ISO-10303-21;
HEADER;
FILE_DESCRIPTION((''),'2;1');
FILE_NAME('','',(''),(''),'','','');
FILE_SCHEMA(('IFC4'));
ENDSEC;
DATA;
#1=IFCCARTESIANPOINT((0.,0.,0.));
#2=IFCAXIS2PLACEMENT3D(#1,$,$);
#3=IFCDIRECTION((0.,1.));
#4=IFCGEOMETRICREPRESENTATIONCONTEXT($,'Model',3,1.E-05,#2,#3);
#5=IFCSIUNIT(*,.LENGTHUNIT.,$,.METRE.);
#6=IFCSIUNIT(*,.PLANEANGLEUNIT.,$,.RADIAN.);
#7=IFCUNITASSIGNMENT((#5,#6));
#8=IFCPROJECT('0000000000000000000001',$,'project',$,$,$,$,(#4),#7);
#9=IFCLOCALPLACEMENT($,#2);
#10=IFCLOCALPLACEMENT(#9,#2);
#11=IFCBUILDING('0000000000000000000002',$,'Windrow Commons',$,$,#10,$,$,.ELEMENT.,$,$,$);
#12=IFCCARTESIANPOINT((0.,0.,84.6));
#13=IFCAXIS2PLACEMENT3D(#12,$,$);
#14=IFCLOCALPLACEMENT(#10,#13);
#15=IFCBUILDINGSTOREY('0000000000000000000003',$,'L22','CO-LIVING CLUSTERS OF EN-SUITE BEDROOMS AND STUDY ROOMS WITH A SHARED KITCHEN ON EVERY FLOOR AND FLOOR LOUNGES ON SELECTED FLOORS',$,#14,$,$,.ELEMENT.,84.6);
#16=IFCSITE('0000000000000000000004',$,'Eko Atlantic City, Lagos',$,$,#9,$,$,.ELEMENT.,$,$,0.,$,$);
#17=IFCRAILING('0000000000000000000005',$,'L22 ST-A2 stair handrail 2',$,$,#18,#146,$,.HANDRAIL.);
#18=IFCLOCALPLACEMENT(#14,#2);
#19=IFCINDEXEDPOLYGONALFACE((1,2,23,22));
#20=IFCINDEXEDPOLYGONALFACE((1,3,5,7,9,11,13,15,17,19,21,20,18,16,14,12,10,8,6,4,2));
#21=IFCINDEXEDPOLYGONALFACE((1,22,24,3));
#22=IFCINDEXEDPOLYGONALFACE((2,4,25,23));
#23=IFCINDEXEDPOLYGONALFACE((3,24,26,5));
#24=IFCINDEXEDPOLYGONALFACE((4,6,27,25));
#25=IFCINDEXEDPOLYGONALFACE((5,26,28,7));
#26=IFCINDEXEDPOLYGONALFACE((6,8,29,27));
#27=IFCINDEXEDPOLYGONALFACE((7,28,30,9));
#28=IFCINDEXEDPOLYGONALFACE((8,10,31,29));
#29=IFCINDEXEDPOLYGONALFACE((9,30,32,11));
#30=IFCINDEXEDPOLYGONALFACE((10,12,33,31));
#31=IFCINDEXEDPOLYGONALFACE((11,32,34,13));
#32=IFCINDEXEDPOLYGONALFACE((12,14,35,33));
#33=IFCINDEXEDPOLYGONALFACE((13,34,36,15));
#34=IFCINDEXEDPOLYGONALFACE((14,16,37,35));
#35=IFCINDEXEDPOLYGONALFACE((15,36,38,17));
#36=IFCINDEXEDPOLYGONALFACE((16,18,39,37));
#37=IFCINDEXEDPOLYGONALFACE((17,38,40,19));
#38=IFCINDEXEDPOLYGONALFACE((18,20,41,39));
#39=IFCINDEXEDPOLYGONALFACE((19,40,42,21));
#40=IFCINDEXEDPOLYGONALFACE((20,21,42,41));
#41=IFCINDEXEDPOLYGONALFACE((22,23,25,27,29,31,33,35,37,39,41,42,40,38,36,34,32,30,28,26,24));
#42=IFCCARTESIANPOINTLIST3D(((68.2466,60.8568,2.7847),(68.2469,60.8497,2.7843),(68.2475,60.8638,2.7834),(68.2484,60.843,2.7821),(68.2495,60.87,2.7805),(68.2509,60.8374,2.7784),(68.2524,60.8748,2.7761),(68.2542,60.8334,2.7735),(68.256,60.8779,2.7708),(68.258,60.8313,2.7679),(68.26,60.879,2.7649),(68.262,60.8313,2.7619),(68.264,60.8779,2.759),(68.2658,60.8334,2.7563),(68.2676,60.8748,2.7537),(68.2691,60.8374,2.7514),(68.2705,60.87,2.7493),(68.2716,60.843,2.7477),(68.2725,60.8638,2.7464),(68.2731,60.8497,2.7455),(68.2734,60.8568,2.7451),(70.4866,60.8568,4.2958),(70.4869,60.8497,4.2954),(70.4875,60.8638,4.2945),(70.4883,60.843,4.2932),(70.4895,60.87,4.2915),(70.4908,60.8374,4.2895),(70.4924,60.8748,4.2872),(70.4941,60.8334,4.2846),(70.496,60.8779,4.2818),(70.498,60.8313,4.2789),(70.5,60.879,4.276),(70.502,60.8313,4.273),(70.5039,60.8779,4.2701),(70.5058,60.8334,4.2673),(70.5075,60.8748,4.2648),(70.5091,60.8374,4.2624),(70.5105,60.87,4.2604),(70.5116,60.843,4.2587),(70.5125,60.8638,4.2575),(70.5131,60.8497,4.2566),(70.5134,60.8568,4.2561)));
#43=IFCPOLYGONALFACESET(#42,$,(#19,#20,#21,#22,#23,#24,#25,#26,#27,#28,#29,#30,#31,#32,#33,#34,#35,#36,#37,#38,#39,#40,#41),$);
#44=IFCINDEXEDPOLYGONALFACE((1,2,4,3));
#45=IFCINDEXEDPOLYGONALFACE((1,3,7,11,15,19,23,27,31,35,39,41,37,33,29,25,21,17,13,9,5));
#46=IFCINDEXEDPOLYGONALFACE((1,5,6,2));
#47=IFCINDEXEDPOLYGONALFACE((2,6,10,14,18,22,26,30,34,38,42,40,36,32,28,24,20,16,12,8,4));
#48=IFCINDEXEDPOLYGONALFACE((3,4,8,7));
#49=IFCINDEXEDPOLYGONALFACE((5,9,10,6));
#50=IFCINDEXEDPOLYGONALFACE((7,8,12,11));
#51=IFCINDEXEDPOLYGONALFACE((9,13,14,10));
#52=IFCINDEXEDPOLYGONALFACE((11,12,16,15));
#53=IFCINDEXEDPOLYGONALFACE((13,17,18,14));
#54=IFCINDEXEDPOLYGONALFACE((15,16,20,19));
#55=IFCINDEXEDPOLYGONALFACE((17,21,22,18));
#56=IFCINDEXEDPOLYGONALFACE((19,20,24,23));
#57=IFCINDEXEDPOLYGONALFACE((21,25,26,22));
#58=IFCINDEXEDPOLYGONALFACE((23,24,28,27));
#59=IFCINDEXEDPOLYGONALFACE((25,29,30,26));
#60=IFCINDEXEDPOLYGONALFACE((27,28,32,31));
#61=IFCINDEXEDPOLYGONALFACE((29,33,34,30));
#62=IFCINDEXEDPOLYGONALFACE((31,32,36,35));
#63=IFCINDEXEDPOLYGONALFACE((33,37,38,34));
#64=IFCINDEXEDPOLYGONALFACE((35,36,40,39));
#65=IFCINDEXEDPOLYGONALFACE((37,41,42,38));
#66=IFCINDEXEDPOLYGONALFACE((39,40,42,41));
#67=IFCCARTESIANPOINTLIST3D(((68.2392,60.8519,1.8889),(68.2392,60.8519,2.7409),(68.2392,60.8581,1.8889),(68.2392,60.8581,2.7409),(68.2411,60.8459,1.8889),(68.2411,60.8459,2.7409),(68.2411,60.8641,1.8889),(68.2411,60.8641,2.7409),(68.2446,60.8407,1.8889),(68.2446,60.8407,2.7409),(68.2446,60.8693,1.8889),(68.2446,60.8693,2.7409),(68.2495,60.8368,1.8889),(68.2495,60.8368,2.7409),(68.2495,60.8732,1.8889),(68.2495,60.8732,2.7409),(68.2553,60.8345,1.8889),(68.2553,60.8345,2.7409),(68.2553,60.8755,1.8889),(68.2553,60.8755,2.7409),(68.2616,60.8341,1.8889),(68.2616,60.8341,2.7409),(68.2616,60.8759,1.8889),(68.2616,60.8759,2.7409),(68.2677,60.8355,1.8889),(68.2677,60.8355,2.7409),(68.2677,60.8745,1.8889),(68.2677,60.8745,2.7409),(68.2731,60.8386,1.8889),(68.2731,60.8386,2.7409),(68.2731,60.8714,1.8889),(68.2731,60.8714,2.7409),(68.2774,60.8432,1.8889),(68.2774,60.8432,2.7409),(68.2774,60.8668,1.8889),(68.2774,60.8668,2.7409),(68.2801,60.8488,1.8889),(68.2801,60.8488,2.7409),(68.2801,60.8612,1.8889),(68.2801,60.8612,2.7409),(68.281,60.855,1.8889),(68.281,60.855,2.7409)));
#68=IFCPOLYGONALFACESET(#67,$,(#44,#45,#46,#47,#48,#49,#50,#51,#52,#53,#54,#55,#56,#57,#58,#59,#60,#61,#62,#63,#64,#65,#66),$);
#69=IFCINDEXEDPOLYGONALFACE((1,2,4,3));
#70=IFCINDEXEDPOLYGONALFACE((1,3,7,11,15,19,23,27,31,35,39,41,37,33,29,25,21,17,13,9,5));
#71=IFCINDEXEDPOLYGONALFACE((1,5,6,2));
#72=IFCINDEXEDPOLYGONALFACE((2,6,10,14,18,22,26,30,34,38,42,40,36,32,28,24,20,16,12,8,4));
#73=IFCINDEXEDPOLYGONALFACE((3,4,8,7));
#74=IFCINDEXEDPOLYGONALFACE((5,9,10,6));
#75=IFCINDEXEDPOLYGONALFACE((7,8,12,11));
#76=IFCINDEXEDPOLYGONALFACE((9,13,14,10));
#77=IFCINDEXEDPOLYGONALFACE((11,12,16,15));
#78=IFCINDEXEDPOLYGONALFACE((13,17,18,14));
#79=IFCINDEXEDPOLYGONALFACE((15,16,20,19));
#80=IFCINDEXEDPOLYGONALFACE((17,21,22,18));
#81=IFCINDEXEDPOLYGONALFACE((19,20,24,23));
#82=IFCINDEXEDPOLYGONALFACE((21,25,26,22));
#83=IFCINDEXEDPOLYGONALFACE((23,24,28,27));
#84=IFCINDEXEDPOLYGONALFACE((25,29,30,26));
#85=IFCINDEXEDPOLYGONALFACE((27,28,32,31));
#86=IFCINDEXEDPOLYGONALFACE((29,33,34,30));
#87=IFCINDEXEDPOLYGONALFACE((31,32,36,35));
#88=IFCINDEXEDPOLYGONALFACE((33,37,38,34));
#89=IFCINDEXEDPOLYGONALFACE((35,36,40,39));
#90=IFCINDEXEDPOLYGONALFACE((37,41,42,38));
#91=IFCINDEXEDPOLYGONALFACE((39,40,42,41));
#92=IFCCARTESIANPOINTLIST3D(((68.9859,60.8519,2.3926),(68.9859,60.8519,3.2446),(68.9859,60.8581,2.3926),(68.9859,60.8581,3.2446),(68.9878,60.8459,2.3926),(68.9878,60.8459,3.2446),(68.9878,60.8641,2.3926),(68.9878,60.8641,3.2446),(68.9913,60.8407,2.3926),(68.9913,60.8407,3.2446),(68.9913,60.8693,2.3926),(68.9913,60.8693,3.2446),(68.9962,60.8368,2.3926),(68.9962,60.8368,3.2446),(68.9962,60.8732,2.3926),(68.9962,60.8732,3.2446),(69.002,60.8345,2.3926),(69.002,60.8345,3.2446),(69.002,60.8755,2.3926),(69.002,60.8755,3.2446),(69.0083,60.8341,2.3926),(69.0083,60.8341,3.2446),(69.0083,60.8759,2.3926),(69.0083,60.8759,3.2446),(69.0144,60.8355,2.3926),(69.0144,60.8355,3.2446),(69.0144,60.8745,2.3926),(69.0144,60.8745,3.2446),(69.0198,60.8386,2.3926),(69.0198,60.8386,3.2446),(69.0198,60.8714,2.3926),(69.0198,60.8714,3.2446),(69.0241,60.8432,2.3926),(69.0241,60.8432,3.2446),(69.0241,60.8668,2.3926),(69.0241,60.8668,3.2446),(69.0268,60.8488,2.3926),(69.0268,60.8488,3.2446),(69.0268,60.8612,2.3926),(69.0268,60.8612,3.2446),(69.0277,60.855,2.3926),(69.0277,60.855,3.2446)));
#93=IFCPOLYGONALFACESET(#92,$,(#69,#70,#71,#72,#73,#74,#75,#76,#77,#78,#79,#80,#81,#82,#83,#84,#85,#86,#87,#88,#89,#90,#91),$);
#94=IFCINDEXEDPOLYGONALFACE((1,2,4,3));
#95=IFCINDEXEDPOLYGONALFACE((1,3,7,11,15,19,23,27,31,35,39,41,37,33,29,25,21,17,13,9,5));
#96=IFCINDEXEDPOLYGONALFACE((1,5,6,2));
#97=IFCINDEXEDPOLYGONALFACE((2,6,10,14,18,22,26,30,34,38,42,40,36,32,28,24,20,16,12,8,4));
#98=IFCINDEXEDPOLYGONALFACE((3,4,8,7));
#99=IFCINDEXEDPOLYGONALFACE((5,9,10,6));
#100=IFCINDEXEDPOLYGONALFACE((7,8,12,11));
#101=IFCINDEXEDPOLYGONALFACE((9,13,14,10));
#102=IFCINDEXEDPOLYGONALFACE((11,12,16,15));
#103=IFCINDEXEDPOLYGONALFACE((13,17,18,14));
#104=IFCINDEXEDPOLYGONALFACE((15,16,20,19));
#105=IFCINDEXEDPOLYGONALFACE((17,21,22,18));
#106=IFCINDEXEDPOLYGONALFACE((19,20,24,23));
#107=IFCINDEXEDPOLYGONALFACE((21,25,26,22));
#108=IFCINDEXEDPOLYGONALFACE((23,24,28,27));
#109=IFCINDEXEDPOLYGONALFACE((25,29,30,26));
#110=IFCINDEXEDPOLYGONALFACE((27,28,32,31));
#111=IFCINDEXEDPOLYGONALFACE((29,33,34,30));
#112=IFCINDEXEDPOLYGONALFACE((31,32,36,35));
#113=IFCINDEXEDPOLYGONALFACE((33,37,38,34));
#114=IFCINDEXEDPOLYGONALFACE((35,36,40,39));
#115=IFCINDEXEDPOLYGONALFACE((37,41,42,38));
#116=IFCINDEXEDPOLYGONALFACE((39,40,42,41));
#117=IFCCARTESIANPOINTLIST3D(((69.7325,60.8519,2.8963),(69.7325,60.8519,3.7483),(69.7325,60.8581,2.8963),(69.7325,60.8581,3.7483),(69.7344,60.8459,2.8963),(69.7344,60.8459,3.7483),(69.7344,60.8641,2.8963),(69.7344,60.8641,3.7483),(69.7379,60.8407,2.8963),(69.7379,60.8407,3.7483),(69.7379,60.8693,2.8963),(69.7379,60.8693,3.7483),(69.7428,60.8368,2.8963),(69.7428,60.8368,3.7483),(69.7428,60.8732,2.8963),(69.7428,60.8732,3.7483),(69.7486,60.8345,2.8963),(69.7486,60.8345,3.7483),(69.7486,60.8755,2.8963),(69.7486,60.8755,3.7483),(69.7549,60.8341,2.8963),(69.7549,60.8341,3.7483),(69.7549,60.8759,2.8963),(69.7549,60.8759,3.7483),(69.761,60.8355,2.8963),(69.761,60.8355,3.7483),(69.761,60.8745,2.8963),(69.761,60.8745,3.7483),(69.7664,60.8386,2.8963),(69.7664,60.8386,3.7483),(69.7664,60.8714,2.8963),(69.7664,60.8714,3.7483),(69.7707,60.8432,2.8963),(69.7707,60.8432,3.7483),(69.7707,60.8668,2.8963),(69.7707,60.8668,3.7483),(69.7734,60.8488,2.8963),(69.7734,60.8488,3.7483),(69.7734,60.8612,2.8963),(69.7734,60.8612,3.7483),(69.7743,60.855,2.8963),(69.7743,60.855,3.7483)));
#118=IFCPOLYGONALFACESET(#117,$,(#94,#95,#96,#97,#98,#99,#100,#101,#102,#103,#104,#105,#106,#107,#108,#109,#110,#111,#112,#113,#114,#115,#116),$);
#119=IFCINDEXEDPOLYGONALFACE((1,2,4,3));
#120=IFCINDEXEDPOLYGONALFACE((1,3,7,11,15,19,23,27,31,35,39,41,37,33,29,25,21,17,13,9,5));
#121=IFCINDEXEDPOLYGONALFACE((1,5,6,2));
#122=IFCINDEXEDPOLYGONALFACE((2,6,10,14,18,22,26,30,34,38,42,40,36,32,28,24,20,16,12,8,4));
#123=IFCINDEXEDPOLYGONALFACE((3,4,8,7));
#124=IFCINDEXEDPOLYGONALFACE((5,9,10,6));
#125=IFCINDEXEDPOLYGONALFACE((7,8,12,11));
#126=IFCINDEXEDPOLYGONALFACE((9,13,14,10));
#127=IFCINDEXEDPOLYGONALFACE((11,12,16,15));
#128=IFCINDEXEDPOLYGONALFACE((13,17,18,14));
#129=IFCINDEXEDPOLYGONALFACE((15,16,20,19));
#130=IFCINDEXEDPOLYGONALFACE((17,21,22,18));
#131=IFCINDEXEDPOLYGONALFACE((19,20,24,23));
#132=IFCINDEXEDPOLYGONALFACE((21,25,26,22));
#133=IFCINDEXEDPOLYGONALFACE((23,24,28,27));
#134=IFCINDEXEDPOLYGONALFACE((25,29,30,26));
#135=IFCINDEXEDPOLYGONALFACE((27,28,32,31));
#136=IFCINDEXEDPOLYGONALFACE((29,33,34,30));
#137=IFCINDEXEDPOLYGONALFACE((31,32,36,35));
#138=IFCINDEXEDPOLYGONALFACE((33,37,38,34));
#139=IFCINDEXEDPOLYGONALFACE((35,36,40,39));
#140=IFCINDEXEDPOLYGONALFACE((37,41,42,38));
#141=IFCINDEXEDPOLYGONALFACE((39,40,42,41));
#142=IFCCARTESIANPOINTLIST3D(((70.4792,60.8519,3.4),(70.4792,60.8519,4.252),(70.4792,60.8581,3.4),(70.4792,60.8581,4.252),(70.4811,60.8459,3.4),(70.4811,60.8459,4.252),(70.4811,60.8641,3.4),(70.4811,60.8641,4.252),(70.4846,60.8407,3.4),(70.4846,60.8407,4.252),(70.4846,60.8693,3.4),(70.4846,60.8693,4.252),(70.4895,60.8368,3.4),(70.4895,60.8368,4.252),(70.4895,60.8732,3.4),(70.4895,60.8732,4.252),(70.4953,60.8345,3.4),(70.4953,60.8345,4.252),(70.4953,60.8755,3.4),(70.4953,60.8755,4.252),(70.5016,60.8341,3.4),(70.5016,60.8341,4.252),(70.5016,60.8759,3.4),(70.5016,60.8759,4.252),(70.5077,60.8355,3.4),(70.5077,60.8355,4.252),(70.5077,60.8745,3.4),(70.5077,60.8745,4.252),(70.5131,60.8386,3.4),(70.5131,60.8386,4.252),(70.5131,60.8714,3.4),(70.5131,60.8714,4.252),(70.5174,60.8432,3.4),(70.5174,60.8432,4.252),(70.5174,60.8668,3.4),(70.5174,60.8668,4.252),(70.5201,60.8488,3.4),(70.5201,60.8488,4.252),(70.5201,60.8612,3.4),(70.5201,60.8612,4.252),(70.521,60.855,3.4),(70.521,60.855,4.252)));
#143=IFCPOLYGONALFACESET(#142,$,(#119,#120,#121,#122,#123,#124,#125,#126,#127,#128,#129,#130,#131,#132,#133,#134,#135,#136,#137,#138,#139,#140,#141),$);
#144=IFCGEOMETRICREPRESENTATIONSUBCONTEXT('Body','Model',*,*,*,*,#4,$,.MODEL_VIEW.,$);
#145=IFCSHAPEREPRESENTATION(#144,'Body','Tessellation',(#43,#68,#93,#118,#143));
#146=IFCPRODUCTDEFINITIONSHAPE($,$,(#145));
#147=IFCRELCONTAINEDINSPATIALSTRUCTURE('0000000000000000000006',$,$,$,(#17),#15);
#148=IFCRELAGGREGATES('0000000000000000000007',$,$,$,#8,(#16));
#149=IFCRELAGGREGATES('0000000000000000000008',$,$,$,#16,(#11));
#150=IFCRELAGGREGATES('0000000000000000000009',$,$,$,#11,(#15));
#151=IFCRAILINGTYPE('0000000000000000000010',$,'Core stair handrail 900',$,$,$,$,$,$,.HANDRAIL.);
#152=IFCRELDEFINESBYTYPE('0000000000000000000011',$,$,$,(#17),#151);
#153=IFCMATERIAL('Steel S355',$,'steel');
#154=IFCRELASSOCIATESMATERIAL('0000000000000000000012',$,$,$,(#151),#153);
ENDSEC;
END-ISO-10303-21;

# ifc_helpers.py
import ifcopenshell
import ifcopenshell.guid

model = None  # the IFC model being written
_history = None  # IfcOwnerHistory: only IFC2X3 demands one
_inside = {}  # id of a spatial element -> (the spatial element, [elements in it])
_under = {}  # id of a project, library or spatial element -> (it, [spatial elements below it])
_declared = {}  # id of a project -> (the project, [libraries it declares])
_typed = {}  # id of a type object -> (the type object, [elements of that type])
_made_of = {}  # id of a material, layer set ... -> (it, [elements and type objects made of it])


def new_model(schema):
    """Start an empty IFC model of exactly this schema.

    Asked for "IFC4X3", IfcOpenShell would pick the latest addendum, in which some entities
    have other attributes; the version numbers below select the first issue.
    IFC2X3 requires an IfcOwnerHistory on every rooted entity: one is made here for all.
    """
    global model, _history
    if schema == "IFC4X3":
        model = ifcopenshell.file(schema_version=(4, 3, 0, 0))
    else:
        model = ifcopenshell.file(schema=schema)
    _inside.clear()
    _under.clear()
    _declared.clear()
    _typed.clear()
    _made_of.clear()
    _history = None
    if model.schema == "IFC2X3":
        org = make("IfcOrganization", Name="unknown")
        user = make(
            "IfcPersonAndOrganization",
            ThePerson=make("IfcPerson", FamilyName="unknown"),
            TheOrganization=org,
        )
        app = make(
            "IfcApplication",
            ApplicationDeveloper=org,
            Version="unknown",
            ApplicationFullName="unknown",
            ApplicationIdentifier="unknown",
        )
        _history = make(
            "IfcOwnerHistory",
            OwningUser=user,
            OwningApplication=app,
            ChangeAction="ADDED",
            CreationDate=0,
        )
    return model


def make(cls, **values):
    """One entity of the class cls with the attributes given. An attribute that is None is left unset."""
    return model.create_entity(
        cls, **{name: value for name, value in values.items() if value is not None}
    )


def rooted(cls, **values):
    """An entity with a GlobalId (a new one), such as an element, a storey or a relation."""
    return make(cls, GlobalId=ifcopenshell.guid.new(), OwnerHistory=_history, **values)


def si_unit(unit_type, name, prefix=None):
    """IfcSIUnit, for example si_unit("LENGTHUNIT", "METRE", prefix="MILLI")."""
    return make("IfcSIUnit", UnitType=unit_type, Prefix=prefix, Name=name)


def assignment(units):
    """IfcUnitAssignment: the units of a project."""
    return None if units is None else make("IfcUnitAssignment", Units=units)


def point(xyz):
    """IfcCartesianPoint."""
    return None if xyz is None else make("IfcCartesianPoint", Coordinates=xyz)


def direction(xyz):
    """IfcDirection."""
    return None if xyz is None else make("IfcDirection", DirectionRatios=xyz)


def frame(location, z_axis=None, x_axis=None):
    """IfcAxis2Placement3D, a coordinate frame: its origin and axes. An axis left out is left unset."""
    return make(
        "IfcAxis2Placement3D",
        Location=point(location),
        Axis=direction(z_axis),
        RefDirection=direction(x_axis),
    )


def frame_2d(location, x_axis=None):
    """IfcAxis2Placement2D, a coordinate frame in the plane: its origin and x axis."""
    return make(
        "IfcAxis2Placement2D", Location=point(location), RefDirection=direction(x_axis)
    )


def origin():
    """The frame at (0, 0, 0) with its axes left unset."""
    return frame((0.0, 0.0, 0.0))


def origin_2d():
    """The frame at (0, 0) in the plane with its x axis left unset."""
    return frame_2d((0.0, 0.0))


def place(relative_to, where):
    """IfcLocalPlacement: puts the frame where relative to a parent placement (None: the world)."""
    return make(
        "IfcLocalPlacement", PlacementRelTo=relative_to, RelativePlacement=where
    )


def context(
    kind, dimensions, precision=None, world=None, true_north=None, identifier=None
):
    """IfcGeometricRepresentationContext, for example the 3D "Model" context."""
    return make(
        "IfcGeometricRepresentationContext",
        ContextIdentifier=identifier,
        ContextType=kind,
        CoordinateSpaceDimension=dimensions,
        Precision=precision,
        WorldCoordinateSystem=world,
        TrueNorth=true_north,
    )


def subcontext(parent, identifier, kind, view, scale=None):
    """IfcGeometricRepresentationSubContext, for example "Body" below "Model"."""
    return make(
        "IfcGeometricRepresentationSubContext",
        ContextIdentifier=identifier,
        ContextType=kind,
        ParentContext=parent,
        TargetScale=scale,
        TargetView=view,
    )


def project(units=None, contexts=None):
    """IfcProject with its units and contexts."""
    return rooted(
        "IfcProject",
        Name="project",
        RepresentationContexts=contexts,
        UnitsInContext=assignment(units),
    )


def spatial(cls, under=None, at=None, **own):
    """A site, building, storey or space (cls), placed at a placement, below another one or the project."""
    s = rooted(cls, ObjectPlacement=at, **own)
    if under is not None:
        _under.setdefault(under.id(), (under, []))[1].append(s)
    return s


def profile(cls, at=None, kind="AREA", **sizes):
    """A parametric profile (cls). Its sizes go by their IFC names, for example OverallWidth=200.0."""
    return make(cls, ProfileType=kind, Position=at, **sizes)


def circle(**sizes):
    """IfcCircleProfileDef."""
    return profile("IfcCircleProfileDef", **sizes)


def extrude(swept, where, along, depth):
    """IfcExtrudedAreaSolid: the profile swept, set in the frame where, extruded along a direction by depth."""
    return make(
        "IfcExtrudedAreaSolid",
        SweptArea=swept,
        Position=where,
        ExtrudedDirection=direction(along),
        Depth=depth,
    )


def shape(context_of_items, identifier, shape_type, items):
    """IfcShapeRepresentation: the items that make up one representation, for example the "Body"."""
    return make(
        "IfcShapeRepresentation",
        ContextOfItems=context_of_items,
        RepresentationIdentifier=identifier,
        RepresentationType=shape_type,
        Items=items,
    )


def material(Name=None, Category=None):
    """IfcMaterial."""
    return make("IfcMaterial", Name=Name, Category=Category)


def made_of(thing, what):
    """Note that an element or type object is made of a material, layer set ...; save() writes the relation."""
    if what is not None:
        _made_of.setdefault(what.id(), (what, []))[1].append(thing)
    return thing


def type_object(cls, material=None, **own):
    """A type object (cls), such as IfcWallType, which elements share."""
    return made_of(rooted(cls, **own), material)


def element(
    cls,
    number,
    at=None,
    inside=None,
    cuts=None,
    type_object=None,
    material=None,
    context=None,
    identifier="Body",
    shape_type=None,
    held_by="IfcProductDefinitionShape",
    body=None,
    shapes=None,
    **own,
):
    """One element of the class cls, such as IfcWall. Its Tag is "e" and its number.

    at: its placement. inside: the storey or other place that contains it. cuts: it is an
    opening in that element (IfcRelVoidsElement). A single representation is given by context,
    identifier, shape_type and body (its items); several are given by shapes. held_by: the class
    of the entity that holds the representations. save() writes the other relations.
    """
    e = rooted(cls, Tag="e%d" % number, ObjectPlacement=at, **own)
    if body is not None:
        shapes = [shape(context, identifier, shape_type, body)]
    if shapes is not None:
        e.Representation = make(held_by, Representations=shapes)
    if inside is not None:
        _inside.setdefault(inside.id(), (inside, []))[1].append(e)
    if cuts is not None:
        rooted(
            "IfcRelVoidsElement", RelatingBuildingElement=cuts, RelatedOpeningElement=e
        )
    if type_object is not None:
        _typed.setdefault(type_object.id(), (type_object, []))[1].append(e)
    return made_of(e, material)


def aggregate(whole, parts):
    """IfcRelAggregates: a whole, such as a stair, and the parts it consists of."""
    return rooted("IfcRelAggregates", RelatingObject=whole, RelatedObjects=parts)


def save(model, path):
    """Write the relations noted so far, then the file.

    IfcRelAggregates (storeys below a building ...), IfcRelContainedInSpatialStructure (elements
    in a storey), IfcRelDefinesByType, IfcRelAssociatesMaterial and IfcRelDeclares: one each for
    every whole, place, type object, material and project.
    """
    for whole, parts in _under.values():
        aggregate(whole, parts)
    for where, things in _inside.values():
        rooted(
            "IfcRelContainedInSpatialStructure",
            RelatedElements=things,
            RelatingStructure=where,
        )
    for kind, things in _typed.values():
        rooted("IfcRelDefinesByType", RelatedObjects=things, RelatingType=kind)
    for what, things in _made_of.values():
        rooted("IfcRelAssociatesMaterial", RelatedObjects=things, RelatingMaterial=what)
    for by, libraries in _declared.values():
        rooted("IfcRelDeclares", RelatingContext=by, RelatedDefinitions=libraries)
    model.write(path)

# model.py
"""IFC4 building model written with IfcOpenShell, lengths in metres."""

from ifc_helpers import new_model, si_unit, direction, frame, origin, origin_2d, place, context, subcontext, project, spatial, circle, extrude, material, type_object, element, save


model = new_model("IFC4")

# Units and contexts
model_context = context("Model", 3, precision=1e-05, world=origin(), true_north=direction((0.0, 1.0)))
body_context = subcontext(model_context, "Body", "Model", "MODEL_VIEW")
ifc_project = project(units=[si_unit("LENGTHUNIT", "METRE"), si_unit("PLANEANGLEUNIT", "RADIAN")], contexts=[model_context])

# Site, building, storey
site_placement = place(None, origin())
site = spatial("IfcSite", under=ifc_project, at=site_placement, Name="Eko Atlantic City, Lagos", CompositionType="ELEMENT", RefElevation=0.0)
building_placement = place(site_placement, origin())
building = spatial("IfcBuilding", under=site, at=building_placement, Name="Windrow Commons", CompositionType="ELEMENT")
storey_placement = place(building_placement, frame((0.0, 0.0, 84.6)))
storey = spatial("IfcBuildingStorey", under=building, at=storey_placement, Name="L22", Description="CO-LIVING CLUSTERS OF EN-SUITE BEDROOMS AND STUDY ROOMS WITH A SHARED KITCHEN ON EVERY FLOOR AND FLOOR LOUNGES ON SELECTED FLOORS", CompositionType="ELEMENT", Elevation=84.6)

# Railing
ifc_material_1 = material(Name="Steel S355", Category="steel")
railing_type_1 = type_object("IfcRailingType", Name="Core stair handrail 900", PredefinedType="HANDRAIL", material=ifc_material_1)
railing_1_placement = place(storey_placement, frame((68.26, 60.855, 1.8889)))
element("IfcRailing", 1, at=railing_1_placement, inside=storey, type_object=railing_type_1, Name="L22 ST-A2 stair handrail 2", PredefinedType="HANDRAIL", context=body_context, shape_type="SweptSolid", body=[
    extrude(circle(Radius=0.024, at=origin_2d()), frame((0.0, 0.0, 0.876), z_axis=(0.829003, 0.0, 0.559244), x_axis=(0.0, 1.0, 0.0)), (0.0, 0.0, 1.0), 2.702),
    extrude(circle(Radius=0.021, at=origin_2d()), origin(), (0.0, 0.0, 1.0), 0.852),
    extrude(circle(Radius=0.021, at=origin_2d()), frame((0.7467, 0.0, 0.5037)), (0.0, 0.0, 1.0), 0.852),
    extrude(circle(Radius=0.021, at=origin_2d()), frame((1.4933, 0.0, 1.0074)), (0.0, 0.0, 1.0), 0.852),
    extrude(circle(Radius=0.021, at=origin_2d()), frame((2.24, 0.0, 1.5111)), (0.0, 0.0, 1.0), 0.852),
])

save(model, "model.ifc")
